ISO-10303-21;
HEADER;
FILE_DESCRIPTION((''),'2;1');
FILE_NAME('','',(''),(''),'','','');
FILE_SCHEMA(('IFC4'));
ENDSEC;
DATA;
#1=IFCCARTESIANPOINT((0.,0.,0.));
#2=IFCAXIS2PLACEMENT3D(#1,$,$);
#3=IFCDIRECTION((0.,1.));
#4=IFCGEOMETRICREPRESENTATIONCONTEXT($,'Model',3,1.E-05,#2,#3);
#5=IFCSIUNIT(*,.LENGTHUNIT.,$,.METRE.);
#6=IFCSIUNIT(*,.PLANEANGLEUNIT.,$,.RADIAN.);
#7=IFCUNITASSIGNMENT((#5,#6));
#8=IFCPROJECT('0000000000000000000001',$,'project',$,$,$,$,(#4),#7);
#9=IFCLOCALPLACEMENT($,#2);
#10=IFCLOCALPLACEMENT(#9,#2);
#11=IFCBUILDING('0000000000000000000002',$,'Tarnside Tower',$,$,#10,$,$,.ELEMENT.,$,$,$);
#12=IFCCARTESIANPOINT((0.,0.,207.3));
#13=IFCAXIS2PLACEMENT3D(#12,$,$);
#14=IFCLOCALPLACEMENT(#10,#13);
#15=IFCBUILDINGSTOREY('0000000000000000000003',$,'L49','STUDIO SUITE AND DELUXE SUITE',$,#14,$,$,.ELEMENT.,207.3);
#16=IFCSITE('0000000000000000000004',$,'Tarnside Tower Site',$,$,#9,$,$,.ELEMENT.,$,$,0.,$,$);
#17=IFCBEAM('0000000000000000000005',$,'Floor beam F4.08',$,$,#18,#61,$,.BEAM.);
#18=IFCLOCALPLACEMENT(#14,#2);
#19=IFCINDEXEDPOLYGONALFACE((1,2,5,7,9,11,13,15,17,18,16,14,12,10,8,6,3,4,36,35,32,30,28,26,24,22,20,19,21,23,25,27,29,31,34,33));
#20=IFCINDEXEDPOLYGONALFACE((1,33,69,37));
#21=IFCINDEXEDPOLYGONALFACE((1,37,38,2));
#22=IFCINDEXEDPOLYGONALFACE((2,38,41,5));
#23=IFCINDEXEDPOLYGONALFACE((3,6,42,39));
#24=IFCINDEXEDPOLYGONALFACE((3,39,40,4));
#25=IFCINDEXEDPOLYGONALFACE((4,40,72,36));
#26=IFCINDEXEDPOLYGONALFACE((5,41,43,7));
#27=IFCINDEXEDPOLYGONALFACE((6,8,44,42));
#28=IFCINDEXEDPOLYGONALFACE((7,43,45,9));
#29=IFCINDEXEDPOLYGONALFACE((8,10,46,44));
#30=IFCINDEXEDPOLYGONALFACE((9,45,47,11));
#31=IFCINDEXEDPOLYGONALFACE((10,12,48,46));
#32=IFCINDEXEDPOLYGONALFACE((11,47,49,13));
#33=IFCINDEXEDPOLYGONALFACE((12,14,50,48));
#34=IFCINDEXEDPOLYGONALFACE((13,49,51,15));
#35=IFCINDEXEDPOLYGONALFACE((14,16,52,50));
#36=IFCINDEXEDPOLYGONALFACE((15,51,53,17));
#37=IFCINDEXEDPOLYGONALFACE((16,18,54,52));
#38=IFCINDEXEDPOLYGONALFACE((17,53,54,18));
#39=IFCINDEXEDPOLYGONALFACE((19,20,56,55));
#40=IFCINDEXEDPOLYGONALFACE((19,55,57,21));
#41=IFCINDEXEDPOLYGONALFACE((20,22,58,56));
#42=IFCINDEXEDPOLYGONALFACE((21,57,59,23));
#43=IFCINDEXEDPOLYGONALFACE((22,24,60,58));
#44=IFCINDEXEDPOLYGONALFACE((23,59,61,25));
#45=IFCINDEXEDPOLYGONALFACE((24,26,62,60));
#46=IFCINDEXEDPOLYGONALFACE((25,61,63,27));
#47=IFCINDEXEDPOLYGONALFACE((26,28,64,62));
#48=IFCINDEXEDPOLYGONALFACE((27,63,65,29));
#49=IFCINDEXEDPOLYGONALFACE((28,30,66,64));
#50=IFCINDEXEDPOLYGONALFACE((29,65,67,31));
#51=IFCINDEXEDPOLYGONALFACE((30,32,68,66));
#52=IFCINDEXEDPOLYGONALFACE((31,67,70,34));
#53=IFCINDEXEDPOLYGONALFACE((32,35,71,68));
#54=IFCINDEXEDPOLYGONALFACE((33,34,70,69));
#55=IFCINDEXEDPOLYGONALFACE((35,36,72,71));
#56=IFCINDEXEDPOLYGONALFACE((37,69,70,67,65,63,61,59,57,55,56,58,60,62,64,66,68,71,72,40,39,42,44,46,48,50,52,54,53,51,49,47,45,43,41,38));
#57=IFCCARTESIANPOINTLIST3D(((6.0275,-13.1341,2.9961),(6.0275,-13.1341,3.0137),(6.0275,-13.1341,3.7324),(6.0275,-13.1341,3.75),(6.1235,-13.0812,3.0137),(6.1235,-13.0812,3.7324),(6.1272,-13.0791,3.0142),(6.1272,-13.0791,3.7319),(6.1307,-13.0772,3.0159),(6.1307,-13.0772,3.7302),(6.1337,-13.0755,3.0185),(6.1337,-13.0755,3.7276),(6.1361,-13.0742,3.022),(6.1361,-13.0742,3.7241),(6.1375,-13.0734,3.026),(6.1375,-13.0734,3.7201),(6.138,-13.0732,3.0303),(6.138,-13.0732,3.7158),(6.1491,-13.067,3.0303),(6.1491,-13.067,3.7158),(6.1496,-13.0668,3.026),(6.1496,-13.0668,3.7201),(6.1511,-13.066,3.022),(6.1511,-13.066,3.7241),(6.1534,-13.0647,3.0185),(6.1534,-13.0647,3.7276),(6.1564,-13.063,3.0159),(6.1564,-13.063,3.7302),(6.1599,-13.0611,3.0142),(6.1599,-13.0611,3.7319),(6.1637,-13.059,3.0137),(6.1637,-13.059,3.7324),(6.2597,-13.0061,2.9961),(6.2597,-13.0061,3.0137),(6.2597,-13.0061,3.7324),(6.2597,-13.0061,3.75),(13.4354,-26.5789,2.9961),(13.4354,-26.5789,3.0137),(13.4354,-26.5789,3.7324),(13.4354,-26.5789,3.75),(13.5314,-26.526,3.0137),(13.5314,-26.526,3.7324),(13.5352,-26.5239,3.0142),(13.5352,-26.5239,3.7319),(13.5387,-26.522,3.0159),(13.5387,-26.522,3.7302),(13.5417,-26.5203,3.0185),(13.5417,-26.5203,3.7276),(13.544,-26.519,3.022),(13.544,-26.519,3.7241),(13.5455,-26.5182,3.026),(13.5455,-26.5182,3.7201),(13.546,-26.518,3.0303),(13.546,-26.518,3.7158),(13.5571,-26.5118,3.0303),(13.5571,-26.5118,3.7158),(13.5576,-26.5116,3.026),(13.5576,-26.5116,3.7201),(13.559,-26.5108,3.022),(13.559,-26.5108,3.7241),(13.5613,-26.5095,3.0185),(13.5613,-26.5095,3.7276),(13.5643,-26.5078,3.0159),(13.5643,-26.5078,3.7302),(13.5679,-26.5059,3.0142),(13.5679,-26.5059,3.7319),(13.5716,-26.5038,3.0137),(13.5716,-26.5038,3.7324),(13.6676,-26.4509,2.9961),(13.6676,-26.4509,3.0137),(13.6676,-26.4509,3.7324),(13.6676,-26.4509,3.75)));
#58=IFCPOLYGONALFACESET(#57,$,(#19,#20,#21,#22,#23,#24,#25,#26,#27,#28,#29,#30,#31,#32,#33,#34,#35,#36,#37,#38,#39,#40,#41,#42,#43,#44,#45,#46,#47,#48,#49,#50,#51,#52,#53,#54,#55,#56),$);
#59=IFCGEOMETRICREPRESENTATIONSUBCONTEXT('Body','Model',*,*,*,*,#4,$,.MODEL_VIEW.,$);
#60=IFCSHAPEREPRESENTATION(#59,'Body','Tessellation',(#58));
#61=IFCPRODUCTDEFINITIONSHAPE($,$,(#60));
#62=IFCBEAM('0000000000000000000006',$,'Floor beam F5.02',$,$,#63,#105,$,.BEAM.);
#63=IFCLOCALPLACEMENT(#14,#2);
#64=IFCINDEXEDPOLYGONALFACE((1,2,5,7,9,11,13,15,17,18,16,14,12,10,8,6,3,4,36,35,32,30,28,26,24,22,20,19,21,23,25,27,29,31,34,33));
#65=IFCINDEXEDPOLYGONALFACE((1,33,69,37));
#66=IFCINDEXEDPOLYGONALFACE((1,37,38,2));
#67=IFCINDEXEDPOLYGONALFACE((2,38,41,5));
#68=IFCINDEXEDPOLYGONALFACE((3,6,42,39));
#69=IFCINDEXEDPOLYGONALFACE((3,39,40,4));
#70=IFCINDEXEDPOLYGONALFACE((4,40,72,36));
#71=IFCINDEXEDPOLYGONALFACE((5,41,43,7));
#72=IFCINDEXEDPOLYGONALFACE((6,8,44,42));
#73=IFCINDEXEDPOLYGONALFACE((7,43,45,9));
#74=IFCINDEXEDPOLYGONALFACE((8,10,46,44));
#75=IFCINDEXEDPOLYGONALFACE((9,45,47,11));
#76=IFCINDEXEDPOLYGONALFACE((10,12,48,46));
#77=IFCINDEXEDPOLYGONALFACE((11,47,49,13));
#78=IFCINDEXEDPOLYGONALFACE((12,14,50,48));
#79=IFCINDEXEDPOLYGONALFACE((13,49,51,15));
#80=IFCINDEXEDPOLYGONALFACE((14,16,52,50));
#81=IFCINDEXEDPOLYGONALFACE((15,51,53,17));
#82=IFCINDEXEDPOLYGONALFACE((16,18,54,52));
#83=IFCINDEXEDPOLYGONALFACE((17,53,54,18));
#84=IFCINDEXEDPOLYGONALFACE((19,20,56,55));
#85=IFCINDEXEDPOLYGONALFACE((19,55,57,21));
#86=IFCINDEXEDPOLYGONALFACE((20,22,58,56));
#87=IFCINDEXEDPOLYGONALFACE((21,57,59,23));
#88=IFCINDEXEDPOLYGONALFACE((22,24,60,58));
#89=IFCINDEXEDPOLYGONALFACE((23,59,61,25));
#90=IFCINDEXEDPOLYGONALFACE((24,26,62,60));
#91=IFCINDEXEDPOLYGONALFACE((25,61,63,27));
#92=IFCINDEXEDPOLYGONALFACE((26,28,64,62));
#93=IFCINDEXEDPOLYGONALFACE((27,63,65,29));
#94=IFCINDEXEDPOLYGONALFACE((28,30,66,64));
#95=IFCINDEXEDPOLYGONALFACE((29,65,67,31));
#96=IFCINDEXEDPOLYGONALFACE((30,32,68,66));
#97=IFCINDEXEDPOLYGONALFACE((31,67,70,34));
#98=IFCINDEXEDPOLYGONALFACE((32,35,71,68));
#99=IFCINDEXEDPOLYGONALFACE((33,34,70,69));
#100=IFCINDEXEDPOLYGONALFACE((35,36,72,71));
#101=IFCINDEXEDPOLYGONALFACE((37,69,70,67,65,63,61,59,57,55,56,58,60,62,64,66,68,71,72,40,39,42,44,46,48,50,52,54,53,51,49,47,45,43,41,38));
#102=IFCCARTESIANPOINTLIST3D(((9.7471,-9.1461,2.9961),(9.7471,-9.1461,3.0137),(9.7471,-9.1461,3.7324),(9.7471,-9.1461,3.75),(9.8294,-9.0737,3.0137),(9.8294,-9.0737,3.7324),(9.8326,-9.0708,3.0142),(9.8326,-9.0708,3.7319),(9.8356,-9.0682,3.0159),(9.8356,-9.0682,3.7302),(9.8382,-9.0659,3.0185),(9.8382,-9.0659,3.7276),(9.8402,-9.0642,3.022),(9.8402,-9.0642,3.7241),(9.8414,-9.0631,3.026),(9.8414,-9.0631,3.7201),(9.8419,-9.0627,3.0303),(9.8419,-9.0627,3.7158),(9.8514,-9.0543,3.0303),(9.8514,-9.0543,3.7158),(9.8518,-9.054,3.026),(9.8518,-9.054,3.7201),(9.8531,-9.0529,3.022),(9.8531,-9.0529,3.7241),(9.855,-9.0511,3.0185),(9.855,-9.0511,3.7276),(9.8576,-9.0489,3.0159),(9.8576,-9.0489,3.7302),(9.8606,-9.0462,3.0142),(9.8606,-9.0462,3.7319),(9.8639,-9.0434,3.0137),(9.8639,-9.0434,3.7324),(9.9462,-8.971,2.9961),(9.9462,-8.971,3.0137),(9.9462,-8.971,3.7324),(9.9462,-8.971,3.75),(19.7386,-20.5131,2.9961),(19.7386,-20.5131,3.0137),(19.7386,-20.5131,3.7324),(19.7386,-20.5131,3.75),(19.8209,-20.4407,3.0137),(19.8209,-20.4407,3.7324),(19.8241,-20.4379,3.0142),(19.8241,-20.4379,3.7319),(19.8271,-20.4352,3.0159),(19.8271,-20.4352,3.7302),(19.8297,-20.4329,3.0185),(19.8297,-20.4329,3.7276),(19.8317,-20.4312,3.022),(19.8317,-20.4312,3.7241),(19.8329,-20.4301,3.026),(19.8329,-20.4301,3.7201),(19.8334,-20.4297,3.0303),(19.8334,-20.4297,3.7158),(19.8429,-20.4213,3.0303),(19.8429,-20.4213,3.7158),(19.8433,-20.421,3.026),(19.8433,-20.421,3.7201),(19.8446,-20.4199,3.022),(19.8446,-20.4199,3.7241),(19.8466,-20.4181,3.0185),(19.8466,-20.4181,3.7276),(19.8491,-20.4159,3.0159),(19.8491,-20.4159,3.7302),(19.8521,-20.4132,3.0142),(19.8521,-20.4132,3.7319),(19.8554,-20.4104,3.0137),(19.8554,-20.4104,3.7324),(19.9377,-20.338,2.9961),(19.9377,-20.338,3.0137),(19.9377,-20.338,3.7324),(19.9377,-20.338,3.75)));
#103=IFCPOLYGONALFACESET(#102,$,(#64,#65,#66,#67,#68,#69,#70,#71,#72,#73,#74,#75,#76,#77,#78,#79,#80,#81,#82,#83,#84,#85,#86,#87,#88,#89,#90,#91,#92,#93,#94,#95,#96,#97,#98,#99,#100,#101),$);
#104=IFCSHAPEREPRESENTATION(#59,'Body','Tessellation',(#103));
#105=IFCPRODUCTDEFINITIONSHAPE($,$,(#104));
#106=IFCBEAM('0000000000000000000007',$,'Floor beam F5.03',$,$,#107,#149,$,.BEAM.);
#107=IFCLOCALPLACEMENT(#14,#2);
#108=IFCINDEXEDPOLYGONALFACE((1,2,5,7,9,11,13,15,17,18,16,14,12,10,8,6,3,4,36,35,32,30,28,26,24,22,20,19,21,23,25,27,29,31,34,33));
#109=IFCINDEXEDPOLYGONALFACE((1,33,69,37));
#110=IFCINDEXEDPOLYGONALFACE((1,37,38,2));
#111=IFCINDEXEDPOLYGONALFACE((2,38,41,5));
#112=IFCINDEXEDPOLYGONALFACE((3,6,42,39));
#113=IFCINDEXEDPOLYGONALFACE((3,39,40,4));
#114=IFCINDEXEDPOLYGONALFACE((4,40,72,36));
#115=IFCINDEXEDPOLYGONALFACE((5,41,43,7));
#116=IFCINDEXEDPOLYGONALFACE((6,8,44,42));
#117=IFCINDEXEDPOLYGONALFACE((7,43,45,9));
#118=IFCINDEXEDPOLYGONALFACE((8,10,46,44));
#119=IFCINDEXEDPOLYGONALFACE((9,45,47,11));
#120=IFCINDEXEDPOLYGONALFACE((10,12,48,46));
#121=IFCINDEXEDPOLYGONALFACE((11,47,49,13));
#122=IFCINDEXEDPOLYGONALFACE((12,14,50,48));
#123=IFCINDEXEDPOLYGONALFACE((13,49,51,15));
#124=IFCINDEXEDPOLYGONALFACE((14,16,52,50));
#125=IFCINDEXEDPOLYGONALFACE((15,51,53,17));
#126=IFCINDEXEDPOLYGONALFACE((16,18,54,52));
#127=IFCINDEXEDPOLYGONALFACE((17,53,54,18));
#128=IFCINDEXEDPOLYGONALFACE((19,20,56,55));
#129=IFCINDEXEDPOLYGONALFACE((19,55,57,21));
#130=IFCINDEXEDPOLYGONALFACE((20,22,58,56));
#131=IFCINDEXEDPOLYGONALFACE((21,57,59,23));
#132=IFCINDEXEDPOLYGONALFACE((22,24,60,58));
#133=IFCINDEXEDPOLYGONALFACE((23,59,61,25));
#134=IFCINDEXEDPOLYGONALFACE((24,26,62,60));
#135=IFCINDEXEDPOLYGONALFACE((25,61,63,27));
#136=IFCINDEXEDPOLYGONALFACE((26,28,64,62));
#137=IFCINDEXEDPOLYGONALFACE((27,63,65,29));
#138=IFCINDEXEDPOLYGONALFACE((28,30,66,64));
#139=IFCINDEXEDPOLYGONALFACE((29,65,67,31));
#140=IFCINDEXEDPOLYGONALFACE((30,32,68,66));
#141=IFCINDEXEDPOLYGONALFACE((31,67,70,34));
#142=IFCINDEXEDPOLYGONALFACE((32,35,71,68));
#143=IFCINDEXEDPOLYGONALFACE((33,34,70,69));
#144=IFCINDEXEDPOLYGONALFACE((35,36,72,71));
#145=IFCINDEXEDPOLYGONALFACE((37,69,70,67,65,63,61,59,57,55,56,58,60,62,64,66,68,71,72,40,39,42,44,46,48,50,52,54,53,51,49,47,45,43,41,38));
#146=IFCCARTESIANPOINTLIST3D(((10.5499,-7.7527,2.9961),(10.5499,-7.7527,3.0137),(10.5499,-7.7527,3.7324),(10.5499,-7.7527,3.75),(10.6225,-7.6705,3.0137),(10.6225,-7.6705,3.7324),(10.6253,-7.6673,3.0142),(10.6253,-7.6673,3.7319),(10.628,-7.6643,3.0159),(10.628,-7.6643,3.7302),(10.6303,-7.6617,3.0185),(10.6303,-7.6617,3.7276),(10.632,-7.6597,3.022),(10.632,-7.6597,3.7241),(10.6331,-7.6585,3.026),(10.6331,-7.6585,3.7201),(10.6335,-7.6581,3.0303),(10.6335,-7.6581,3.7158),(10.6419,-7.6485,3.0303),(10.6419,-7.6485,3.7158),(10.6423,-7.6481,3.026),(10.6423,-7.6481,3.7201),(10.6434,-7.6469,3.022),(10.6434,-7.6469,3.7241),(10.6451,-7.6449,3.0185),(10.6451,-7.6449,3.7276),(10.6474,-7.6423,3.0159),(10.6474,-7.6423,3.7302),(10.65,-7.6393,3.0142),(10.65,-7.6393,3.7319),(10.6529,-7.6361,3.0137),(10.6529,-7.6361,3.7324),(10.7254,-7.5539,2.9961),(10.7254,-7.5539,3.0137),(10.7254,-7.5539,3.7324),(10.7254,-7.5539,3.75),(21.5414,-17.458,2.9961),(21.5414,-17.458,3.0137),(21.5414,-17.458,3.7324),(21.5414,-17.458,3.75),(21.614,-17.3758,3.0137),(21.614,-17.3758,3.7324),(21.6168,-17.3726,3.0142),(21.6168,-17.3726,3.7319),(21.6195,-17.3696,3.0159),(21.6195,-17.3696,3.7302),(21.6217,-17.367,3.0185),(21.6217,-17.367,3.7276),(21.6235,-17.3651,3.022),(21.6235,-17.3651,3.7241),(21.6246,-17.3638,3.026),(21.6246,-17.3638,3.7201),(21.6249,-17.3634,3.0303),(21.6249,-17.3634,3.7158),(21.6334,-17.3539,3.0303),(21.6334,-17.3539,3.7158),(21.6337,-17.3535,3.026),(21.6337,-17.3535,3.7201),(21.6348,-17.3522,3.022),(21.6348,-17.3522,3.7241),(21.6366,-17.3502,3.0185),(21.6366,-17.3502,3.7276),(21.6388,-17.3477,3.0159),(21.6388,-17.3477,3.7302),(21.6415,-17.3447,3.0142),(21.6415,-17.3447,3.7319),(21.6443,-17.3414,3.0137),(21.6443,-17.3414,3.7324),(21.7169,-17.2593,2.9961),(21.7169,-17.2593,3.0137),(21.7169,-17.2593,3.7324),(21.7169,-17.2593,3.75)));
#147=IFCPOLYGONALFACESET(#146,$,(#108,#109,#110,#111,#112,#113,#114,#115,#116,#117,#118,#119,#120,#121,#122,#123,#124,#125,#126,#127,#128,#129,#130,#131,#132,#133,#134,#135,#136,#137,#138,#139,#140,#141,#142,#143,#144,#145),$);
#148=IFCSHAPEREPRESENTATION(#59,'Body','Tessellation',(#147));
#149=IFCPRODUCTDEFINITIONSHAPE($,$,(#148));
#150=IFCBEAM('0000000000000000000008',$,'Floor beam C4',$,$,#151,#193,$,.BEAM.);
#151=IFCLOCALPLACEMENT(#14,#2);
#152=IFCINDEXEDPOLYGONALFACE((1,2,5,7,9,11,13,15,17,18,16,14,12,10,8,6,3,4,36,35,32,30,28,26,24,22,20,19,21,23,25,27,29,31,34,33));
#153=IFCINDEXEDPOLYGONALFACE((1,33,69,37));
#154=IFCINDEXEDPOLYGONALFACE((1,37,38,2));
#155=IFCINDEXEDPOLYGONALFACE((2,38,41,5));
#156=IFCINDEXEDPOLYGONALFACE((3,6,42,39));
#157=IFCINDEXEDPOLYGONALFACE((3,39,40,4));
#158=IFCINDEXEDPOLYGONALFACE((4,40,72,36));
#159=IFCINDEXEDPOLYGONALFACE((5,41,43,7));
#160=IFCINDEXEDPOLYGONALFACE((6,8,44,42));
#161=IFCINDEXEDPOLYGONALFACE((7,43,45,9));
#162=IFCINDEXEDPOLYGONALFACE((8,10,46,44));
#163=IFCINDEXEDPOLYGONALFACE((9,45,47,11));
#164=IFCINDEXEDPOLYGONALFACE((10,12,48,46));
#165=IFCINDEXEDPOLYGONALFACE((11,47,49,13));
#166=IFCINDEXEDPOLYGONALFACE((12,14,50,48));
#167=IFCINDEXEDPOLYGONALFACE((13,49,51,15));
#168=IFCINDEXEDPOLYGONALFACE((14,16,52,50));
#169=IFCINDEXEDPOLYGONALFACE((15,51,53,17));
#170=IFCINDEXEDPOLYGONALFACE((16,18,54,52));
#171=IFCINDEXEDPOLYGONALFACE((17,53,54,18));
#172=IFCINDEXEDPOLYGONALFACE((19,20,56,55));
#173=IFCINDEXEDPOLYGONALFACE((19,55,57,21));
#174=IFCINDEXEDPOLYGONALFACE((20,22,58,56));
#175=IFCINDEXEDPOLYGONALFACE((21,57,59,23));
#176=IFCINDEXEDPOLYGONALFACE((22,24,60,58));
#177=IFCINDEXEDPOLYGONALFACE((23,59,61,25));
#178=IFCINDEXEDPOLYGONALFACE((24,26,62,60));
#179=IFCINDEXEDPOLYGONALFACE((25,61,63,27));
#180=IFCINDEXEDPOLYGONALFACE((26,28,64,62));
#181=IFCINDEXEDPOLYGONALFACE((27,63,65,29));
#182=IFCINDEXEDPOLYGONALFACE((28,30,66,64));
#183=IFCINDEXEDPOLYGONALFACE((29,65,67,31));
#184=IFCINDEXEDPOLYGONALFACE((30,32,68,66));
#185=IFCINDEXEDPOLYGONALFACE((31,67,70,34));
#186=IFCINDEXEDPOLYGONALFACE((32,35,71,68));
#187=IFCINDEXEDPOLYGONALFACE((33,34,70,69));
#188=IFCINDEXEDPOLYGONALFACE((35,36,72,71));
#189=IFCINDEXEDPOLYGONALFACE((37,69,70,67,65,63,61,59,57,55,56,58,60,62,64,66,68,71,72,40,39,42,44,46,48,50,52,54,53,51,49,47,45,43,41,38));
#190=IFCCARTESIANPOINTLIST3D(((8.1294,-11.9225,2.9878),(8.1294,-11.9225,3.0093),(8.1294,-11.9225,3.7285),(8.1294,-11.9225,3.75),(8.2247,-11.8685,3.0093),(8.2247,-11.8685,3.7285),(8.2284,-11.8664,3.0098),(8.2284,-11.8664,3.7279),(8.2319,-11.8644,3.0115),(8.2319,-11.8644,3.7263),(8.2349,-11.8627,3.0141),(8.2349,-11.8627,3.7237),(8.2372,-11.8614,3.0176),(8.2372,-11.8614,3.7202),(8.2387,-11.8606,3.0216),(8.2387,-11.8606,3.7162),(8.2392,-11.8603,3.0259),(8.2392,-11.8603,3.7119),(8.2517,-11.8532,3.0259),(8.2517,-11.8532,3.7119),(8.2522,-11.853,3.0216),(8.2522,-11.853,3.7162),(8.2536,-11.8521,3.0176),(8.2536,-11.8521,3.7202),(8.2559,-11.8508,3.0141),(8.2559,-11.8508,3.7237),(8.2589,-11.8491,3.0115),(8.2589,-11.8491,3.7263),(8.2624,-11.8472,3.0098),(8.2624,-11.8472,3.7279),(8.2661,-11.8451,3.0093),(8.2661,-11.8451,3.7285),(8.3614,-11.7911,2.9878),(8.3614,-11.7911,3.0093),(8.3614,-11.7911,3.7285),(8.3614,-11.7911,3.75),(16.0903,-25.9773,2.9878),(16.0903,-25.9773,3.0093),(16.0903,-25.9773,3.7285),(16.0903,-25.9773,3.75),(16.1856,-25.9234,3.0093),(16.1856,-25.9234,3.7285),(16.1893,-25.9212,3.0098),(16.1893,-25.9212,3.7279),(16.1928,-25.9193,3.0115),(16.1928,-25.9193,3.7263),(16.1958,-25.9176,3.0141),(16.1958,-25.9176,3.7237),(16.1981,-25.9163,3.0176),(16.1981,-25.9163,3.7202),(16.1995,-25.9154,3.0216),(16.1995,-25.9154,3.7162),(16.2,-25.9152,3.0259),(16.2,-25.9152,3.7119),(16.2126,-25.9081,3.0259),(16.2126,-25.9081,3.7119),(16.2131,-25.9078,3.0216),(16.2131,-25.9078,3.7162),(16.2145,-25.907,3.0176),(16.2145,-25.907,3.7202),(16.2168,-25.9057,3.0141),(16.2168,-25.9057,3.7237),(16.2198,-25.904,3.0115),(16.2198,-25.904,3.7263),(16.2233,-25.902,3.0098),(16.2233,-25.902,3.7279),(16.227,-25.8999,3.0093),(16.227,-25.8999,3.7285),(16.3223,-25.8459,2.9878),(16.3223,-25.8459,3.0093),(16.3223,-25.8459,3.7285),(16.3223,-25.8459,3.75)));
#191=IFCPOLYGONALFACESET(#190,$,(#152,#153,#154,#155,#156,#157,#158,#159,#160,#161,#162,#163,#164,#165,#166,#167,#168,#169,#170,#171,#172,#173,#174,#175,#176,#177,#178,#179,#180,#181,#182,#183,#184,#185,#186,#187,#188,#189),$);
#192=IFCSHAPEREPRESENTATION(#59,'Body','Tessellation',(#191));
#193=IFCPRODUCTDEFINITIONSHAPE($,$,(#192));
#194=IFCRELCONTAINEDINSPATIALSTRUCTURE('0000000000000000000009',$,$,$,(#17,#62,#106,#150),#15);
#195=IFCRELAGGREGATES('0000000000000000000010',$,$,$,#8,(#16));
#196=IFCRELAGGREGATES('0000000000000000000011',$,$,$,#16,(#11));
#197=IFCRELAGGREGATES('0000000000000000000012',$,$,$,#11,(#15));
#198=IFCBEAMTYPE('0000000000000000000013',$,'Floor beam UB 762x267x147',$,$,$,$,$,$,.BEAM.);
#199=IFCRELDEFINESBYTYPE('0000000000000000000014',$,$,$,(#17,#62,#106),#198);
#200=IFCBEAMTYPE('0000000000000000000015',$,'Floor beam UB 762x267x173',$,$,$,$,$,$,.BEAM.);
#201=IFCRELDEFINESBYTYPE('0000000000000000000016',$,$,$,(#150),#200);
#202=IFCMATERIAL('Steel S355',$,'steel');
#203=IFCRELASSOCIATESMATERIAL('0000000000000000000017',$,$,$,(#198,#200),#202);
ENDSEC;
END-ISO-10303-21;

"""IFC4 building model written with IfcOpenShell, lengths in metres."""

from ifc_helpers import new_model, si_unit, direction, frame, origin, origin_2d, place, context, subcontext, project, spatial, i_section, extrude, material, material_profile, profile_set, type_object, element, save


model = new_model("IFC4")

# Units and contexts
model_context = context("Model", 3, precision=1e-05, world=origin(), true_north=direction((0.0, 1.0)))
body_context = subcontext(model_context, "Body", "Model", "MODEL_VIEW")
ifc_project = project(units=[si_unit("LENGTHUNIT", "METRE"), si_unit("PLANEANGLEUNIT", "RADIAN")], contexts=[model_context])

# Site, building, storey
site_placement = place(None, origin())
site = spatial("IfcSite", under=ifc_project, at=site_placement, Name="Tarnside Tower Site", CompositionType="ELEMENT", RefElevation=0.0)
building_placement = place(site_placement, origin())
building = spatial("IfcBuilding", under=site, at=building_placement, Name="Tarnside Tower", CompositionType="ELEMENT")
storey_placement = place(building_placement, frame((0.0, 0.0, 207.3)))
storey = spatial("IfcBuildingStorey", under=building, at=storey_placement, Name="L49", Description="STUDIO SUITE AND DELUXE SUITE", CompositionType="ELEMENT", Elevation=207.3)

# Beams
ifc_material_1 = material(Name="Steel S355", Category="steel")
ifc_material_profile_1 = material_profile(ifc_material_1, i_section(OverallWidth=0.2651, OverallDepth=0.7539, WebThickness=0.0127, FlangeThickness=0.0176, FilletRadius=0.0166, at=origin_2d()), Name="UB 762x267x147")
ifc_profile_set_1 = profile_set([ifc_material_profile_1], Name="Steel S355")
beam_type_1 = type_object("IfcBeamType", Name="Floor beam UB 762x267x147", PredefinedType="BEAM", material=ifc_profile_set_1)
beam_1_placement = place(storey_placement, frame((13.5515, -26.5149, 3.373), z_axis=(-0.482584, 0.87585, 0.0), x_axis=(-0.87585, -0.482584, 0.0)))
element("IfcBeam", 1, at=beam_1_placement, inside=storey, type_object=beam_type_1, Name="Floor beam F4.08", PredefinedType="BEAM", context=body_context, shape_type="SweptSolid", body=[
    extrude(i_section(OverallWidth=0.2651, OverallDepth=0.7539, WebThickness=0.0127, FlangeThickness=0.0176, FilletRadius=0.0166, at=origin_2d()), origin(), (0.0, 0.0, 1.0), 15.3506),
])
beam_2_placement = place(storey_placement, frame((19.8381, -20.4255, 3.373), z_axis=(-0.660201, 0.751089, 0.0), x_axis=(-0.751089, -0.660201, 0.0)))
element("IfcBeam", 2, at=beam_2_placement, inside=storey, type_object=beam_type_1, Name="Floor beam F5.02", PredefinedType="BEAM", context=body_context, shape_type="SweptSolid", body=[
    extrude(i_section(OverallWidth=0.2651, OverallDepth=0.7539, WebThickness=0.0127, FlangeThickness=0.0176, FilletRadius=0.0166, at=origin_2d()), origin(), (0.0, 0.0, 1.0), 15.134),
])
beam_3_placement = place(storey_placement, frame((21.6292, -17.3586, 3.373), z_axis=(-0.749602, 0.661889, 0.0), x_axis=(-0.661889, -0.749602, 0.0)))
element("IfcBeam", 3, at=beam_3_placement, inside=storey, type_object=beam_type_1, Name="Floor beam F5.03", PredefinedType="BEAM", context=body_context, shape_type="SweptSolid", body=[
    extrude(i_section(OverallWidth=0.2651, OverallDepth=0.7539, WebThickness=0.0127, FlangeThickness=0.0176, FilletRadius=0.0166, at=origin_2d()), origin(), (0.0, 0.0, 1.0), 14.6631),
])
ifc_material_profile_2 = material_profile(ifc_material_1, i_section(OverallWidth=0.2666, OverallDepth=0.7622, WebThickness=0.0144, FlangeThickness=0.0215, FilletRadius=0.0166, at=origin_2d()), Name="UB 762x267x173")
ifc_profile_set_2 = profile_set([ifc_material_profile_2], Name="Steel S355")
beam_type_2 = type_object("IfcBeamType", Name="Floor beam UB 762x267x173", PredefinedType="BEAM", material=ifc_profile_set_2)
beam_4_placement = place(storey_placement, frame((16.2063, -25.9116, 3.3689), z_axis=(-0.492847, 0.870116, 0.0), x_axis=(-0.870116, -0.492847, 0.0)))
element("IfcBeam", 4, at=beam_4_placement, inside=storey, type_object=beam_type_2, Name="Floor beam C4", PredefinedType="BEAM", context=body_context, shape_type="SweptSolid", body=[
    extrude(i_section(OverallWidth=0.2666, OverallDepth=0.7622, WebThickness=0.0144, FlangeThickness=0.0215, FilletRadius=0.0166, at=origin_2d()), origin(), (0.0, 0.0, 1.0), 16.1528),
])

save(model, "model.ifc")
